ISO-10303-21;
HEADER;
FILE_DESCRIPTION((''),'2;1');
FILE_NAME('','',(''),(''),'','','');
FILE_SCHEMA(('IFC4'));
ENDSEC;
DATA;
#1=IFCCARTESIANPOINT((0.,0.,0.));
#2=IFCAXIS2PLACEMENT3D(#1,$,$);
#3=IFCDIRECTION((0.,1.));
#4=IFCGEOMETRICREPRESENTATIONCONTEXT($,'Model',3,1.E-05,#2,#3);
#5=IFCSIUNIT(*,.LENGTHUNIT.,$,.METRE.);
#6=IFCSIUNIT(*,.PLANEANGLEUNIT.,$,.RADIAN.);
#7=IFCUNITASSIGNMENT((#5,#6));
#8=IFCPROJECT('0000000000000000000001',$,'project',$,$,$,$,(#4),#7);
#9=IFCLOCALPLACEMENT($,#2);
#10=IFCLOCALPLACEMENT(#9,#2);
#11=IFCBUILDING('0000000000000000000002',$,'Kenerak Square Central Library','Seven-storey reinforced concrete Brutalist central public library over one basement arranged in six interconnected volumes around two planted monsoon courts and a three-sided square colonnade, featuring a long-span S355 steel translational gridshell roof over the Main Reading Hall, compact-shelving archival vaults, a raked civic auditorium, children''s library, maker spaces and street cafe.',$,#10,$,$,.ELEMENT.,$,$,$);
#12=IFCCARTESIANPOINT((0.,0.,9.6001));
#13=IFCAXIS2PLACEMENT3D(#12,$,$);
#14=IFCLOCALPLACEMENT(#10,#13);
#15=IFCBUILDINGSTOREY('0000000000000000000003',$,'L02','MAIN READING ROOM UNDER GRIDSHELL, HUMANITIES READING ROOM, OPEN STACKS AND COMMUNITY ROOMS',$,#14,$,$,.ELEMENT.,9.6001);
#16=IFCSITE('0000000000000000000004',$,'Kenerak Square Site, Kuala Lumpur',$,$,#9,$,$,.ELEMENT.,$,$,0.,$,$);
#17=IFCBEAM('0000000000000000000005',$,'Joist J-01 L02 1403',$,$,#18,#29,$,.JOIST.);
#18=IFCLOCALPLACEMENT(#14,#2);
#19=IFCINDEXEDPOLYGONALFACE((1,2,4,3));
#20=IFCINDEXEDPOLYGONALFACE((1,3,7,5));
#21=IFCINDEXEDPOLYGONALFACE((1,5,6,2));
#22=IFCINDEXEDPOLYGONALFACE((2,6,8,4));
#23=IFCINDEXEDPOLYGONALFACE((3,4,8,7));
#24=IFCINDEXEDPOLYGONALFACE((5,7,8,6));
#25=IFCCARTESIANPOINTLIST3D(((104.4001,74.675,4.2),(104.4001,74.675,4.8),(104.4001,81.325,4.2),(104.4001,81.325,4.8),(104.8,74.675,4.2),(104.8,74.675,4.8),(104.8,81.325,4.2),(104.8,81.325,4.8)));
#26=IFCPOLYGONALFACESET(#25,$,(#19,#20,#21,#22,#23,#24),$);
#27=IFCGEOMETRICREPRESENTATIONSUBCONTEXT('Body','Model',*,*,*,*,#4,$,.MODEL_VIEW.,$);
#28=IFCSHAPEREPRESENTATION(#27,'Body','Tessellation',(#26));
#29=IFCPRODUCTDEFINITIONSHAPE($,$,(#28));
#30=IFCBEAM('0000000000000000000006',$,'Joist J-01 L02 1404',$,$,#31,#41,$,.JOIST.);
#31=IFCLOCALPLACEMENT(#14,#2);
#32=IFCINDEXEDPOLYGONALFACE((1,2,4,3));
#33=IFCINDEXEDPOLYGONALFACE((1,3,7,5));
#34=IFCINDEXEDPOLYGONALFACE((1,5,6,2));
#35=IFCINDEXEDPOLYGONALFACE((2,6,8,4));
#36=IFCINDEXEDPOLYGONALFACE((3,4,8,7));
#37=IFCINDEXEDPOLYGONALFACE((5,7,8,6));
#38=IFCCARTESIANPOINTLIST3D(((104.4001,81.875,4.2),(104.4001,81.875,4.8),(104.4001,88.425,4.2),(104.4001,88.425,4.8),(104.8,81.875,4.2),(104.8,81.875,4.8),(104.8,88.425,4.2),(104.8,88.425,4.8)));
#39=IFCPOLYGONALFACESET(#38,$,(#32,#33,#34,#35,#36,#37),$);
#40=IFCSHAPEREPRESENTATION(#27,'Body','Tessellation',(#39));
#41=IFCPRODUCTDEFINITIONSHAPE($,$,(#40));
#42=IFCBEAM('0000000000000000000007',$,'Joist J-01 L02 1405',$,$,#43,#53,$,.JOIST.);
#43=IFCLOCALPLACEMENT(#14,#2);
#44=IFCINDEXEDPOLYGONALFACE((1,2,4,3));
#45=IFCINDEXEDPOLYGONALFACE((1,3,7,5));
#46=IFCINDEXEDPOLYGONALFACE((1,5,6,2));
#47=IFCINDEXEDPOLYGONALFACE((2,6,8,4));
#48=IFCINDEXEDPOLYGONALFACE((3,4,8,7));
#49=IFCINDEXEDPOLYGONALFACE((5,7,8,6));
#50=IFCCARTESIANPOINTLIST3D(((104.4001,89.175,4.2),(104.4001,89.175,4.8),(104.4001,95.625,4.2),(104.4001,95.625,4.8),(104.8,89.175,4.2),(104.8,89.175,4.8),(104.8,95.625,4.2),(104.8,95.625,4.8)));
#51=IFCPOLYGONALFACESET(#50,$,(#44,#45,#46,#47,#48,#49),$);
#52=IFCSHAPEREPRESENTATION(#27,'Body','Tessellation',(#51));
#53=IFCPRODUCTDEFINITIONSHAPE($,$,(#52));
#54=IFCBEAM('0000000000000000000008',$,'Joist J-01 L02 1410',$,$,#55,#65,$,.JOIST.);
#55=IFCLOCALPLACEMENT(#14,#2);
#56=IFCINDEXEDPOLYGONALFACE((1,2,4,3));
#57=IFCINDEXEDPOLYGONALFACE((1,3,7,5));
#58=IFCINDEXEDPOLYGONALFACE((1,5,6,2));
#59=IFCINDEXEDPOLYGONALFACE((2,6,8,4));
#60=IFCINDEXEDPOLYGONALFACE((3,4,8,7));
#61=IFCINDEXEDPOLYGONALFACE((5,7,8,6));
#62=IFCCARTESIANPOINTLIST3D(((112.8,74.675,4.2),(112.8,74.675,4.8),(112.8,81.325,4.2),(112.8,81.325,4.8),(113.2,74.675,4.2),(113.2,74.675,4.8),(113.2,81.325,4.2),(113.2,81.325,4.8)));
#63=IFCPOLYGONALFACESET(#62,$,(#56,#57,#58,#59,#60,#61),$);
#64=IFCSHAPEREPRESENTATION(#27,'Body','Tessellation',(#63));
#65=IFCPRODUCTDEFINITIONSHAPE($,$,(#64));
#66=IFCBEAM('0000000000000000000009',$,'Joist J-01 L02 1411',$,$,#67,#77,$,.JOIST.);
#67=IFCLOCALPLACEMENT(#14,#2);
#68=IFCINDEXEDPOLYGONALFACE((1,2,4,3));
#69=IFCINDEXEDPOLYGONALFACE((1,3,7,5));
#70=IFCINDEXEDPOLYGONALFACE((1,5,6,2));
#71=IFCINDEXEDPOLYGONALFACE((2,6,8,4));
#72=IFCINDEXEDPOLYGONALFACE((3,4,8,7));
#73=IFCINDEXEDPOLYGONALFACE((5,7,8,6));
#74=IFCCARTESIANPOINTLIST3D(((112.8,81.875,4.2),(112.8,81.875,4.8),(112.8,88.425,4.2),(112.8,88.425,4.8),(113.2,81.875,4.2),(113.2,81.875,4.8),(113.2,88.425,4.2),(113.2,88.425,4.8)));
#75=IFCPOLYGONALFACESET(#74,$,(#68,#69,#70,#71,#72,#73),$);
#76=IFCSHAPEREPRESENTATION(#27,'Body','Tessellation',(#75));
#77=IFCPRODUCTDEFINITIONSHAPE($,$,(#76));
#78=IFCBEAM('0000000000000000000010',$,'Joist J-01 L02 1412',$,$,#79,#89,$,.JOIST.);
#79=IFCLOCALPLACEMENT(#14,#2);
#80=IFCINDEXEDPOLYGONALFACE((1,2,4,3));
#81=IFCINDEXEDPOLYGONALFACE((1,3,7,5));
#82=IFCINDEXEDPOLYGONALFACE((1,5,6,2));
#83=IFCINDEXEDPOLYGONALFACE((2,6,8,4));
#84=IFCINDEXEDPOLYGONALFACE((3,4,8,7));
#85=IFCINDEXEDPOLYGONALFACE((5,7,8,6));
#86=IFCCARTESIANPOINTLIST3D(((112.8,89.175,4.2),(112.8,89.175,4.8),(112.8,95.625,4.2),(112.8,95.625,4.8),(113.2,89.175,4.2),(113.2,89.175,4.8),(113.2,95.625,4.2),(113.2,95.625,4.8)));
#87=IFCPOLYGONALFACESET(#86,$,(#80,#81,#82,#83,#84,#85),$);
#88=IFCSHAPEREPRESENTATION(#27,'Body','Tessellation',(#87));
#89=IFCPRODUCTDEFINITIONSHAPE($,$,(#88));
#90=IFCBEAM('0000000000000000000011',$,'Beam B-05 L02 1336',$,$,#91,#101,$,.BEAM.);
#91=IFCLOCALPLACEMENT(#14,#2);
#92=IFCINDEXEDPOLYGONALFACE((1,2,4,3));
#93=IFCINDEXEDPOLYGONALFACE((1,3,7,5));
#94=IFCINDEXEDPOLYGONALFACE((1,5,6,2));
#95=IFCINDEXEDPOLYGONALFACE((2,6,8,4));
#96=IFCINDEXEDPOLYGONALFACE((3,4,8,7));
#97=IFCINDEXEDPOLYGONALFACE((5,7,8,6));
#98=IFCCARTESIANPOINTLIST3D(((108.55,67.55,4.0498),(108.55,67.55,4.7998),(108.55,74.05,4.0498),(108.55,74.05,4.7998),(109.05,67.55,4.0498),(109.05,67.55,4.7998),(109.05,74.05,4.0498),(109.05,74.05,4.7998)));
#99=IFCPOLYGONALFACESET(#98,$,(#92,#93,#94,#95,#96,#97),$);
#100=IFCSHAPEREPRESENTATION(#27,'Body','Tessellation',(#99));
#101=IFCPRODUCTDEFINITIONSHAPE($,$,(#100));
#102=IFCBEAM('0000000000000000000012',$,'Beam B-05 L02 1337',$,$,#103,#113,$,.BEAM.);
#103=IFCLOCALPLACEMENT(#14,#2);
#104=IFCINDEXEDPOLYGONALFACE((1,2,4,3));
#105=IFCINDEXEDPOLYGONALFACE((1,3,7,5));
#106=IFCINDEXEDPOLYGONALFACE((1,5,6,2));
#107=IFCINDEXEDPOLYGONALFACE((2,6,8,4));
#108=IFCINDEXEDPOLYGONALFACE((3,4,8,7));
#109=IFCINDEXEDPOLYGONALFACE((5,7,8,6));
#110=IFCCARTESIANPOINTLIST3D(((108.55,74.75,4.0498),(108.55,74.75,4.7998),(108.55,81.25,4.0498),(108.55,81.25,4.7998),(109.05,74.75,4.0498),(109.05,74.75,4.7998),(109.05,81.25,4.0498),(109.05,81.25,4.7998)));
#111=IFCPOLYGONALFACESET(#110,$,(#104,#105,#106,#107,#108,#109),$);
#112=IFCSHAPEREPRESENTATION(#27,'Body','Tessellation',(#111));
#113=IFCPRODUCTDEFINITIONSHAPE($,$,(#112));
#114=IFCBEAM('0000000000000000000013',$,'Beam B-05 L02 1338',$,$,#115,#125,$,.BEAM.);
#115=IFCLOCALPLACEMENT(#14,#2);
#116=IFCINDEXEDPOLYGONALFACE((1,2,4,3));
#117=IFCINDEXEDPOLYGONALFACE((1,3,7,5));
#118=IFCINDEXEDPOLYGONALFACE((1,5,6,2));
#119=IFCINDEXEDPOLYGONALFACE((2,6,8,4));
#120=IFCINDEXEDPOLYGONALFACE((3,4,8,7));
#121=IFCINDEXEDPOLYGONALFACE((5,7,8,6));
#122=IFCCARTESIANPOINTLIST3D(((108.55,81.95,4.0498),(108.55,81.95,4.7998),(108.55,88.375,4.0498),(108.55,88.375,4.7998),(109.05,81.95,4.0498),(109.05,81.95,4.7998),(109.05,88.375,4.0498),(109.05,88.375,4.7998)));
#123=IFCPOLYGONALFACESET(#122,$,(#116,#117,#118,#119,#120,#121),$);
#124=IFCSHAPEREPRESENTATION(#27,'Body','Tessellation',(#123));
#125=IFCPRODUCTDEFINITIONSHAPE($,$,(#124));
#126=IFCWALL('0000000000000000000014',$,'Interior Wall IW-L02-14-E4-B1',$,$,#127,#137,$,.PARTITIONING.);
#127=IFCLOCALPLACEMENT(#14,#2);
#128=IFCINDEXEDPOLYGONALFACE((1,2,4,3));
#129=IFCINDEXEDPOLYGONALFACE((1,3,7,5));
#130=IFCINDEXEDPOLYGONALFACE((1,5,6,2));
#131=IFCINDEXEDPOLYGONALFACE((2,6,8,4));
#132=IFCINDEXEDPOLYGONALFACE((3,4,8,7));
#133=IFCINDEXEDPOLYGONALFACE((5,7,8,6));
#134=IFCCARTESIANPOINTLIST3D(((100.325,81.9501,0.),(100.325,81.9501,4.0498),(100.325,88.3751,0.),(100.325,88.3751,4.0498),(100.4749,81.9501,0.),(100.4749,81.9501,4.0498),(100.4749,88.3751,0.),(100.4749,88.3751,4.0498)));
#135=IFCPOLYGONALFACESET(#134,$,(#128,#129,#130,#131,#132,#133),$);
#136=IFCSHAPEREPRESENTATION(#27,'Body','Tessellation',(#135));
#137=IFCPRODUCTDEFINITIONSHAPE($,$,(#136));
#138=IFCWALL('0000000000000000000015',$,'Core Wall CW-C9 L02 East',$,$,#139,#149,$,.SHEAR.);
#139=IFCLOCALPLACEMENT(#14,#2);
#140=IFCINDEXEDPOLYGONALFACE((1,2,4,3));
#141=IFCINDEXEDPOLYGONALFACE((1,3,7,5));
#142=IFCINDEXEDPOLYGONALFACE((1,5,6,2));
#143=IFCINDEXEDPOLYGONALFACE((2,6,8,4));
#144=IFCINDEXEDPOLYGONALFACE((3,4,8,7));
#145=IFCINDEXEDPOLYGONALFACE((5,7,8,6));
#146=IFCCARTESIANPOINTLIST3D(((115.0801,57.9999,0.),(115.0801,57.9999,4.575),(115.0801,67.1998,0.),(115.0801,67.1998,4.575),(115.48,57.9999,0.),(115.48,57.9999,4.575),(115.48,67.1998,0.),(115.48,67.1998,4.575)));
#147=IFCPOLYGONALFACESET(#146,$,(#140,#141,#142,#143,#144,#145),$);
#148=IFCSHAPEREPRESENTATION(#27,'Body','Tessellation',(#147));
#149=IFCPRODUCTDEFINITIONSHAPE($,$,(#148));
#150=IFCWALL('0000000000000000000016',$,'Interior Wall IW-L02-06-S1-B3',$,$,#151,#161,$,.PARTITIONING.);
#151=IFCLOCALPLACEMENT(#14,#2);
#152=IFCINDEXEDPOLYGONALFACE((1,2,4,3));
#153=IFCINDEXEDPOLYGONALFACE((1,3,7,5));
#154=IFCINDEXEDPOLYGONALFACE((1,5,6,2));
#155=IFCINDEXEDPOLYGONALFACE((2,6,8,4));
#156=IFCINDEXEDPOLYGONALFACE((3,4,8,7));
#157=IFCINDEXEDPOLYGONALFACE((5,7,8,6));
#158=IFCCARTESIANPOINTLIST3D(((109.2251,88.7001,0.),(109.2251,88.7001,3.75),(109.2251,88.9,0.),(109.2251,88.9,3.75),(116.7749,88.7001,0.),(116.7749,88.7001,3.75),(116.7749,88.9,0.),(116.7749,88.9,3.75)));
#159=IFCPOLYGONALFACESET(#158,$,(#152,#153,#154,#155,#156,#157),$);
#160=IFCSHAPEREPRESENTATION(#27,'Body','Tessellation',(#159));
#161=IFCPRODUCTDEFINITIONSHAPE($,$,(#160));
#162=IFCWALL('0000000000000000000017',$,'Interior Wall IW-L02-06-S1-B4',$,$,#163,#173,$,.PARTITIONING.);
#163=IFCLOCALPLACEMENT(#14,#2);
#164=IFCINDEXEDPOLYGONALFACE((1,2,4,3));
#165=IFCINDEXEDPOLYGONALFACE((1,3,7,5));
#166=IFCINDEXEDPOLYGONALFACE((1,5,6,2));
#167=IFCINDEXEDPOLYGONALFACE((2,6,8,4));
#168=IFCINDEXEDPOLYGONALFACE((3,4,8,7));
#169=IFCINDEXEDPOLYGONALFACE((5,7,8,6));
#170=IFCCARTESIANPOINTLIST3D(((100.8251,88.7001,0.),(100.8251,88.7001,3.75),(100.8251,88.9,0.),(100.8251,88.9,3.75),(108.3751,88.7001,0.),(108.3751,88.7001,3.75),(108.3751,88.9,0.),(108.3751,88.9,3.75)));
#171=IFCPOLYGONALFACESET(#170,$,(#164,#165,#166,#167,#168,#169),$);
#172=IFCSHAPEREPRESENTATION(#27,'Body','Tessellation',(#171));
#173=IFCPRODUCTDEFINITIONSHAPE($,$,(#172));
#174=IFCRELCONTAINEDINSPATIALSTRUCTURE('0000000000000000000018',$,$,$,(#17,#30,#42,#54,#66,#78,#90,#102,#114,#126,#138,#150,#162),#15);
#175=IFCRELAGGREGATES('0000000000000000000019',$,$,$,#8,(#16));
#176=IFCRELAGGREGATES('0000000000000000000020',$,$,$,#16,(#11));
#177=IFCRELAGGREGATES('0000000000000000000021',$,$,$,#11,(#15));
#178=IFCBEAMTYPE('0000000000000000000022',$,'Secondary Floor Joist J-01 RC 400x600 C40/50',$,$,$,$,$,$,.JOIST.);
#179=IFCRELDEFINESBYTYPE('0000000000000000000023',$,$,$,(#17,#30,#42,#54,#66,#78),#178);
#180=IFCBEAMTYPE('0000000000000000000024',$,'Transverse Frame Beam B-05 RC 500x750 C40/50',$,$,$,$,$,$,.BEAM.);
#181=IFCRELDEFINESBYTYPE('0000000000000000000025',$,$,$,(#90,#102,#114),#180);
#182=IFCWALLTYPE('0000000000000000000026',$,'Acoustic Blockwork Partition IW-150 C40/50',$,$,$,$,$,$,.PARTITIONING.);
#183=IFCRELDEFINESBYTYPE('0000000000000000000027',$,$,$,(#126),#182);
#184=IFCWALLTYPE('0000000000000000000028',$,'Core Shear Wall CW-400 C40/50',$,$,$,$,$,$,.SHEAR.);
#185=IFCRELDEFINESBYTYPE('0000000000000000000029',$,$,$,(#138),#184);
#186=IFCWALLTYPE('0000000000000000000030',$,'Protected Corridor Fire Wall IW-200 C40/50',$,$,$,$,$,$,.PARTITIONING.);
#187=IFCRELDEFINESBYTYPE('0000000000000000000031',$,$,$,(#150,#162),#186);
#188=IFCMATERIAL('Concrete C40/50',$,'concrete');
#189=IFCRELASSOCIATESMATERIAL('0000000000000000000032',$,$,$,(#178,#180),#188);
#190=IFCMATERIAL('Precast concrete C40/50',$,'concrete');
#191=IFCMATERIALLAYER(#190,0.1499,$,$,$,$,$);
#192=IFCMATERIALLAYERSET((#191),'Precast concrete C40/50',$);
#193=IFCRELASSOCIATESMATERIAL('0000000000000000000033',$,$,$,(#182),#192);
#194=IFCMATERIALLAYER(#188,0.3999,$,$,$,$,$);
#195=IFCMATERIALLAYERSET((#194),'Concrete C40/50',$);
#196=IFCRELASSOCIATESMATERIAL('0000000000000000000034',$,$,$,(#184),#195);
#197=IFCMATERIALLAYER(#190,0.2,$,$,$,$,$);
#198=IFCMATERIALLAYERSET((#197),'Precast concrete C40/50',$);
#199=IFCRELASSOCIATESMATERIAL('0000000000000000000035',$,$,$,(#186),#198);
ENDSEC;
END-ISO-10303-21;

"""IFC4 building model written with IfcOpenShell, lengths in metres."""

from ifc_helpers import new_model, si_unit, direction, frame, frame_2d, origin, origin_2d, place, context, subcontext, project, spatial, rectangle, extrude, material, layer, layer_set, material_profile, profile_set, type_object, element, save


model = new_model("IFC4")

# Units and contexts
model_context = context("Model", 3, precision=1e-05, world=origin(), true_north=direction((0.0, 1.0)))
body_context = subcontext(model_context, "Body", "Model", "MODEL_VIEW")
ifc_project = project(units=[si_unit("LENGTHUNIT", "METRE"), si_unit("PLANEANGLEUNIT", "RADIAN")], contexts=[model_context])

# Site, building, storey
site_placement = place(None, origin())
site = spatial("IfcSite", under=ifc_project, at=site_placement, Name="Kenerak Square Site, Kuala Lumpur", CompositionType="ELEMENT", RefElevation=0.0)
building_placement = place(site_placement, origin())
building = spatial("IfcBuilding", under=site, at=building_placement, Name="Kenerak Square Central Library", Description="Seven-storey reinforced concrete Brutalist central public library over one basement arranged in six interconnected volumes around two planted monsoon courts and a three-sided square colonnade, featuring a long-span S355 steel translational gridshell roof over the Main Reading Hall, compact-shelving archival vaults, a raked civic auditorium, children's library, maker spaces and street cafe.", CompositionType="ELEMENT")
storey_placement = place(building_placement, frame((0.0, 0.0, 9.6001)))
storey = spatial("IfcBuildingStorey", under=building, at=storey_placement, Name="L02", Description="MAIN READING ROOM UNDER GRIDSHELL, HUMANITIES READING ROOM, OPEN STACKS AND COMMUNITY ROOMS", CompositionType="ELEMENT", Elevation=9.6001)

# Shared definitions
ifc_material_1 = material(Name="Concrete C40/50", Category="concrete")

# Beams
ifc_material_profile_1 = material_profile(ifc_material_1, rectangle(XDim=0.3999, YDim=0.6001, at=origin_2d()), Name="RC 400x600")
ifc_profile_set_1 = profile_set([ifc_material_profile_1], Name="Concrete C40/50")
beam_type_1 = type_object("IfcBeamType", Name="Secondary Floor Joist J-01 RC 400x600 C40/50", PredefinedType="JOIST", material=ifc_profile_set_1)
for number, where, z_axis, x_axis, name in (
    (1, (104.6001, 74.675, 4.5), (0.0, 1.0, 0.0), (-1.0, 0.0, 0.0), "Joist J-01 L02 1403"),
):
    element("IfcBeam", number, at=place(storey_placement, frame(where, z_axis=z_axis, x_axis=x_axis)), inside=storey, type_object=beam_type_1, Name=name, PredefinedType="JOIST", context=body_context, shape_type="SweptSolid", body=[
        extrude(rectangle(XDim=0.3999, YDim=0.6001, at=origin_2d()), origin(), (0.0, 0.0, 1.0), 6.6499),
    ])
beam_1_placement = place(storey_placement, frame((104.6001, 81.875, 4.5), z_axis=(0.0, 1.0, 0.0), x_axis=(-1.0, 0.0, 0.0)))
element("IfcBeam", 2, at=beam_1_placement, inside=storey, type_object=beam_type_1, Name="Joist J-01 L02 1404", PredefinedType="JOIST", context=body_context, shape_type="SweptSolid", body=[
    extrude(rectangle(XDim=0.3999, YDim=0.6001, at=origin_2d()), origin(), (0.0, 0.0, 1.0), 6.55),
])
beam_2_placement = place(storey_placement, frame((104.6001, 89.175, 4.5), z_axis=(0.0, 1.0, 0.0), x_axis=(-1.0, 0.0, 0.0)))
element("IfcBeam", 3, at=beam_2_placement, inside=storey, type_object=beam_type_1, Name="Joist J-01 L02 1405", PredefinedType="JOIST", context=body_context, shape_type="SweptSolid", body=[
    extrude(rectangle(XDim=0.3999, YDim=0.6001, at=origin_2d()), origin(), (0.0, 0.0, 1.0), 6.45),
])
beam_3_placement = place(storey_placement, frame((113.0, 74.675, 4.5), z_axis=(0.0, 1.0, 0.0), x_axis=(-1.0, 0.0, 0.0)))
element("IfcBeam", 4, at=beam_3_placement, inside=storey, type_object=beam_type_1, Name="Joist J-01 L02 1410", PredefinedType="JOIST", context=body_context, shape_type="SweptSolid", body=[
    extrude(rectangle(XDim=0.3999, YDim=0.6001, at=origin_2d()), origin(), (0.0, 0.0, 1.0), 6.6499),
])
beam_4_placement = place(storey_placement, frame((113.0, 81.875, 4.5), z_axis=(0.0, 1.0, 0.0), x_axis=(-1.0, 0.0, 0.0)))
element("IfcBeam", 5, at=beam_4_placement, inside=storey, type_object=beam_type_1, Name="Joist J-01 L02 1411", PredefinedType="JOIST", context=body_context, shape_type="SweptSolid", body=[
    extrude(rectangle(XDim=0.3999, YDim=0.6001, at=origin_2d()), origin(), (0.0, 0.0, 1.0), 6.55),
])
beam_5_placement = place(storey_placement, frame((113.0, 89.175, 4.5), z_axis=(0.0, 1.0, 0.0), x_axis=(-1.0, 0.0, 0.0)))
element("IfcBeam", 6, at=beam_5_placement, inside=storey, type_object=beam_type_1, Name="Joist J-01 L02 1412", PredefinedType="JOIST", context=body_context, shape_type="SweptSolid", body=[
    extrude(rectangle(XDim=0.3999, YDim=0.6001, at=origin_2d()), origin(), (0.0, 0.0, 1.0), 6.45),
])
ifc_material_profile_2 = material_profile(ifc_material_1, rectangle(XDim=0.5, YDim=0.75, at=origin_2d()), Name="RC 500x750")
ifc_profile_set_2 = profile_set([ifc_material_profile_2], Name="Concrete C40/50")
beam_type_2 = type_object("IfcBeamType", Name="Transverse Frame Beam B-05 RC 500x750 C40/50", PredefinedType="BEAM", material=ifc_profile_set_2)
for number, where, z_axis, x_axis, name in (
    (7, (108.8, 67.55, 4.4248), (0.0, 1.0, 0.0), (-1.0, 0.0, 0.0), "Beam B-05 L02 1336"),
    (8, (108.8, 74.75, 4.4248), (0.0, 1.0, 0.0), (-1.0, 0.0, 0.0), "Beam B-05 L02 1337"),
):
    element("IfcBeam", number, at=place(storey_placement, frame(where, z_axis=z_axis, x_axis=x_axis)), inside=storey, type_object=beam_type_2, Name=name, PredefinedType="BEAM", context=body_context, shape_type="SweptSolid", body=[
        extrude(rectangle(XDim=0.5, YDim=0.75, at=origin_2d()), origin(), (0.0, 0.0, 1.0), 6.5),
    ])
beam_6_placement = place(storey_placement, frame((108.8, 81.95, 4.4248), z_axis=(0.0, 1.0, 0.0), x_axis=(-1.0, 0.0, 0.0)))
element("IfcBeam", 9, at=beam_6_placement, inside=storey, type_object=beam_type_2, Name="Beam B-05 L02 1338", PredefinedType="BEAM", context=body_context, shape_type="SweptSolid", body=[
    extrude(rectangle(XDim=0.5, YDim=0.75, at=origin_2d()), origin(), (0.0, 0.0, 1.0), 6.425),
])

# Walls
ifc_material_2 = material(Name="Precast concrete C40/50", Category="concrete")
ifc_layer_1 = layer(ifc_material_2, 0.1499)
ifc_layer_set_1 = layer_set([ifc_layer_1], Name="Precast concrete C40/50")
wall_type_1 = type_object("IfcWallType", Name="Acoustic Blockwork Partition IW-150 C40/50", PredefinedType="PARTITIONING", material=ifc_layer_set_1)
wall_1_placement = place(storey_placement, frame((100.3999, 88.375, 0.0), z_axis=(0.0, 0.0, 1.0), x_axis=(0.0, -1.0, 0.0)))
element("IfcWall", 10, at=wall_1_placement, inside=storey, type_object=wall_type_1, Name="Interior Wall IW-L02-14-E4-B1", PredefinedType="PARTITIONING", context=body_context, shape_type="SweptSolid", body=[
    extrude(rectangle(XDim=6.425, YDim=0.1499, at=frame_2d((3.2124, 0.0))), origin(), (0.0, 0.0, 1.0), 4.0498),
])
ifc_layer_2 = layer(ifc_material_1, 0.3999)
ifc_layer_set_2 = layer_set([ifc_layer_2], Name="Concrete C40/50")
wall_type_2 = type_object("IfcWallType", Name="Core Shear Wall CW-400 C40/50", PredefinedType="SHEAR", material=ifc_layer_set_2)
wall_2_placement = place(storey_placement, frame((115.28, 67.2, 0.0), z_axis=(0.0, 0.0, 1.0), x_axis=(0.0, -1.0, 0.0)))
element("IfcWall", 11, at=wall_2_placement, inside=storey, type_object=wall_type_2, Name="Core Wall CW-C9 L02 East", PredefinedType="SHEAR", context=body_context, shape_type="SweptSolid", body=[
    extrude(rectangle(XDim=9.2, YDim=0.3999, at=frame_2d((4.6001, 0.0))), origin(), (0.0, 0.0, 1.0), 4.575),
])
ifc_layer_3 = layer(ifc_material_2, 0.2)
ifc_layer_set_3 = layer_set([ifc_layer_3], Name="Precast concrete C40/50")
wall_type_3 = type_object("IfcWallType", Name="Protected Corridor Fire Wall IW-200 C40/50", PredefinedType="PARTITIONING", material=ifc_layer_set_3)
wall_3_placement = place(storey_placement, frame((116.7749, 88.8, 0.0), z_axis=(0.0, 0.0, 1.0), x_axis=(-1.0, 0.0, 0.0)))
element("IfcWall", 12, at=wall_3_placement, inside=storey, type_object=wall_type_3, Name="Interior Wall IW-L02-06-S1-B3", PredefinedType="PARTITIONING", context=body_context, shape_type="SweptSolid", body=[
    extrude(rectangle(XDim=7.5498, YDim=0.2, at=frame_2d((3.7749, 0.0))), origin(), (0.0, 0.0, 1.0), 3.75),
])
wall_4_placement = place(storey_placement, frame((108.375, 88.8, 0.0), z_axis=(0.0, 0.0, 1.0), x_axis=(-1.0, 0.0, 0.0)))
element("IfcWall", 13, at=wall_4_placement, inside=storey, type_object=wall_type_3, Name="Interior Wall IW-L02-06-S1-B4", PredefinedType="PARTITIONING", context=body_context, shape_type="SweptSolid", body=[
    extrude(rectangle(XDim=7.55, YDim=0.2, at=frame_2d((3.7749, 0.0))), origin(), (0.0, 0.0, 1.0), 3.75),
])

save(model, "model.ifc")
